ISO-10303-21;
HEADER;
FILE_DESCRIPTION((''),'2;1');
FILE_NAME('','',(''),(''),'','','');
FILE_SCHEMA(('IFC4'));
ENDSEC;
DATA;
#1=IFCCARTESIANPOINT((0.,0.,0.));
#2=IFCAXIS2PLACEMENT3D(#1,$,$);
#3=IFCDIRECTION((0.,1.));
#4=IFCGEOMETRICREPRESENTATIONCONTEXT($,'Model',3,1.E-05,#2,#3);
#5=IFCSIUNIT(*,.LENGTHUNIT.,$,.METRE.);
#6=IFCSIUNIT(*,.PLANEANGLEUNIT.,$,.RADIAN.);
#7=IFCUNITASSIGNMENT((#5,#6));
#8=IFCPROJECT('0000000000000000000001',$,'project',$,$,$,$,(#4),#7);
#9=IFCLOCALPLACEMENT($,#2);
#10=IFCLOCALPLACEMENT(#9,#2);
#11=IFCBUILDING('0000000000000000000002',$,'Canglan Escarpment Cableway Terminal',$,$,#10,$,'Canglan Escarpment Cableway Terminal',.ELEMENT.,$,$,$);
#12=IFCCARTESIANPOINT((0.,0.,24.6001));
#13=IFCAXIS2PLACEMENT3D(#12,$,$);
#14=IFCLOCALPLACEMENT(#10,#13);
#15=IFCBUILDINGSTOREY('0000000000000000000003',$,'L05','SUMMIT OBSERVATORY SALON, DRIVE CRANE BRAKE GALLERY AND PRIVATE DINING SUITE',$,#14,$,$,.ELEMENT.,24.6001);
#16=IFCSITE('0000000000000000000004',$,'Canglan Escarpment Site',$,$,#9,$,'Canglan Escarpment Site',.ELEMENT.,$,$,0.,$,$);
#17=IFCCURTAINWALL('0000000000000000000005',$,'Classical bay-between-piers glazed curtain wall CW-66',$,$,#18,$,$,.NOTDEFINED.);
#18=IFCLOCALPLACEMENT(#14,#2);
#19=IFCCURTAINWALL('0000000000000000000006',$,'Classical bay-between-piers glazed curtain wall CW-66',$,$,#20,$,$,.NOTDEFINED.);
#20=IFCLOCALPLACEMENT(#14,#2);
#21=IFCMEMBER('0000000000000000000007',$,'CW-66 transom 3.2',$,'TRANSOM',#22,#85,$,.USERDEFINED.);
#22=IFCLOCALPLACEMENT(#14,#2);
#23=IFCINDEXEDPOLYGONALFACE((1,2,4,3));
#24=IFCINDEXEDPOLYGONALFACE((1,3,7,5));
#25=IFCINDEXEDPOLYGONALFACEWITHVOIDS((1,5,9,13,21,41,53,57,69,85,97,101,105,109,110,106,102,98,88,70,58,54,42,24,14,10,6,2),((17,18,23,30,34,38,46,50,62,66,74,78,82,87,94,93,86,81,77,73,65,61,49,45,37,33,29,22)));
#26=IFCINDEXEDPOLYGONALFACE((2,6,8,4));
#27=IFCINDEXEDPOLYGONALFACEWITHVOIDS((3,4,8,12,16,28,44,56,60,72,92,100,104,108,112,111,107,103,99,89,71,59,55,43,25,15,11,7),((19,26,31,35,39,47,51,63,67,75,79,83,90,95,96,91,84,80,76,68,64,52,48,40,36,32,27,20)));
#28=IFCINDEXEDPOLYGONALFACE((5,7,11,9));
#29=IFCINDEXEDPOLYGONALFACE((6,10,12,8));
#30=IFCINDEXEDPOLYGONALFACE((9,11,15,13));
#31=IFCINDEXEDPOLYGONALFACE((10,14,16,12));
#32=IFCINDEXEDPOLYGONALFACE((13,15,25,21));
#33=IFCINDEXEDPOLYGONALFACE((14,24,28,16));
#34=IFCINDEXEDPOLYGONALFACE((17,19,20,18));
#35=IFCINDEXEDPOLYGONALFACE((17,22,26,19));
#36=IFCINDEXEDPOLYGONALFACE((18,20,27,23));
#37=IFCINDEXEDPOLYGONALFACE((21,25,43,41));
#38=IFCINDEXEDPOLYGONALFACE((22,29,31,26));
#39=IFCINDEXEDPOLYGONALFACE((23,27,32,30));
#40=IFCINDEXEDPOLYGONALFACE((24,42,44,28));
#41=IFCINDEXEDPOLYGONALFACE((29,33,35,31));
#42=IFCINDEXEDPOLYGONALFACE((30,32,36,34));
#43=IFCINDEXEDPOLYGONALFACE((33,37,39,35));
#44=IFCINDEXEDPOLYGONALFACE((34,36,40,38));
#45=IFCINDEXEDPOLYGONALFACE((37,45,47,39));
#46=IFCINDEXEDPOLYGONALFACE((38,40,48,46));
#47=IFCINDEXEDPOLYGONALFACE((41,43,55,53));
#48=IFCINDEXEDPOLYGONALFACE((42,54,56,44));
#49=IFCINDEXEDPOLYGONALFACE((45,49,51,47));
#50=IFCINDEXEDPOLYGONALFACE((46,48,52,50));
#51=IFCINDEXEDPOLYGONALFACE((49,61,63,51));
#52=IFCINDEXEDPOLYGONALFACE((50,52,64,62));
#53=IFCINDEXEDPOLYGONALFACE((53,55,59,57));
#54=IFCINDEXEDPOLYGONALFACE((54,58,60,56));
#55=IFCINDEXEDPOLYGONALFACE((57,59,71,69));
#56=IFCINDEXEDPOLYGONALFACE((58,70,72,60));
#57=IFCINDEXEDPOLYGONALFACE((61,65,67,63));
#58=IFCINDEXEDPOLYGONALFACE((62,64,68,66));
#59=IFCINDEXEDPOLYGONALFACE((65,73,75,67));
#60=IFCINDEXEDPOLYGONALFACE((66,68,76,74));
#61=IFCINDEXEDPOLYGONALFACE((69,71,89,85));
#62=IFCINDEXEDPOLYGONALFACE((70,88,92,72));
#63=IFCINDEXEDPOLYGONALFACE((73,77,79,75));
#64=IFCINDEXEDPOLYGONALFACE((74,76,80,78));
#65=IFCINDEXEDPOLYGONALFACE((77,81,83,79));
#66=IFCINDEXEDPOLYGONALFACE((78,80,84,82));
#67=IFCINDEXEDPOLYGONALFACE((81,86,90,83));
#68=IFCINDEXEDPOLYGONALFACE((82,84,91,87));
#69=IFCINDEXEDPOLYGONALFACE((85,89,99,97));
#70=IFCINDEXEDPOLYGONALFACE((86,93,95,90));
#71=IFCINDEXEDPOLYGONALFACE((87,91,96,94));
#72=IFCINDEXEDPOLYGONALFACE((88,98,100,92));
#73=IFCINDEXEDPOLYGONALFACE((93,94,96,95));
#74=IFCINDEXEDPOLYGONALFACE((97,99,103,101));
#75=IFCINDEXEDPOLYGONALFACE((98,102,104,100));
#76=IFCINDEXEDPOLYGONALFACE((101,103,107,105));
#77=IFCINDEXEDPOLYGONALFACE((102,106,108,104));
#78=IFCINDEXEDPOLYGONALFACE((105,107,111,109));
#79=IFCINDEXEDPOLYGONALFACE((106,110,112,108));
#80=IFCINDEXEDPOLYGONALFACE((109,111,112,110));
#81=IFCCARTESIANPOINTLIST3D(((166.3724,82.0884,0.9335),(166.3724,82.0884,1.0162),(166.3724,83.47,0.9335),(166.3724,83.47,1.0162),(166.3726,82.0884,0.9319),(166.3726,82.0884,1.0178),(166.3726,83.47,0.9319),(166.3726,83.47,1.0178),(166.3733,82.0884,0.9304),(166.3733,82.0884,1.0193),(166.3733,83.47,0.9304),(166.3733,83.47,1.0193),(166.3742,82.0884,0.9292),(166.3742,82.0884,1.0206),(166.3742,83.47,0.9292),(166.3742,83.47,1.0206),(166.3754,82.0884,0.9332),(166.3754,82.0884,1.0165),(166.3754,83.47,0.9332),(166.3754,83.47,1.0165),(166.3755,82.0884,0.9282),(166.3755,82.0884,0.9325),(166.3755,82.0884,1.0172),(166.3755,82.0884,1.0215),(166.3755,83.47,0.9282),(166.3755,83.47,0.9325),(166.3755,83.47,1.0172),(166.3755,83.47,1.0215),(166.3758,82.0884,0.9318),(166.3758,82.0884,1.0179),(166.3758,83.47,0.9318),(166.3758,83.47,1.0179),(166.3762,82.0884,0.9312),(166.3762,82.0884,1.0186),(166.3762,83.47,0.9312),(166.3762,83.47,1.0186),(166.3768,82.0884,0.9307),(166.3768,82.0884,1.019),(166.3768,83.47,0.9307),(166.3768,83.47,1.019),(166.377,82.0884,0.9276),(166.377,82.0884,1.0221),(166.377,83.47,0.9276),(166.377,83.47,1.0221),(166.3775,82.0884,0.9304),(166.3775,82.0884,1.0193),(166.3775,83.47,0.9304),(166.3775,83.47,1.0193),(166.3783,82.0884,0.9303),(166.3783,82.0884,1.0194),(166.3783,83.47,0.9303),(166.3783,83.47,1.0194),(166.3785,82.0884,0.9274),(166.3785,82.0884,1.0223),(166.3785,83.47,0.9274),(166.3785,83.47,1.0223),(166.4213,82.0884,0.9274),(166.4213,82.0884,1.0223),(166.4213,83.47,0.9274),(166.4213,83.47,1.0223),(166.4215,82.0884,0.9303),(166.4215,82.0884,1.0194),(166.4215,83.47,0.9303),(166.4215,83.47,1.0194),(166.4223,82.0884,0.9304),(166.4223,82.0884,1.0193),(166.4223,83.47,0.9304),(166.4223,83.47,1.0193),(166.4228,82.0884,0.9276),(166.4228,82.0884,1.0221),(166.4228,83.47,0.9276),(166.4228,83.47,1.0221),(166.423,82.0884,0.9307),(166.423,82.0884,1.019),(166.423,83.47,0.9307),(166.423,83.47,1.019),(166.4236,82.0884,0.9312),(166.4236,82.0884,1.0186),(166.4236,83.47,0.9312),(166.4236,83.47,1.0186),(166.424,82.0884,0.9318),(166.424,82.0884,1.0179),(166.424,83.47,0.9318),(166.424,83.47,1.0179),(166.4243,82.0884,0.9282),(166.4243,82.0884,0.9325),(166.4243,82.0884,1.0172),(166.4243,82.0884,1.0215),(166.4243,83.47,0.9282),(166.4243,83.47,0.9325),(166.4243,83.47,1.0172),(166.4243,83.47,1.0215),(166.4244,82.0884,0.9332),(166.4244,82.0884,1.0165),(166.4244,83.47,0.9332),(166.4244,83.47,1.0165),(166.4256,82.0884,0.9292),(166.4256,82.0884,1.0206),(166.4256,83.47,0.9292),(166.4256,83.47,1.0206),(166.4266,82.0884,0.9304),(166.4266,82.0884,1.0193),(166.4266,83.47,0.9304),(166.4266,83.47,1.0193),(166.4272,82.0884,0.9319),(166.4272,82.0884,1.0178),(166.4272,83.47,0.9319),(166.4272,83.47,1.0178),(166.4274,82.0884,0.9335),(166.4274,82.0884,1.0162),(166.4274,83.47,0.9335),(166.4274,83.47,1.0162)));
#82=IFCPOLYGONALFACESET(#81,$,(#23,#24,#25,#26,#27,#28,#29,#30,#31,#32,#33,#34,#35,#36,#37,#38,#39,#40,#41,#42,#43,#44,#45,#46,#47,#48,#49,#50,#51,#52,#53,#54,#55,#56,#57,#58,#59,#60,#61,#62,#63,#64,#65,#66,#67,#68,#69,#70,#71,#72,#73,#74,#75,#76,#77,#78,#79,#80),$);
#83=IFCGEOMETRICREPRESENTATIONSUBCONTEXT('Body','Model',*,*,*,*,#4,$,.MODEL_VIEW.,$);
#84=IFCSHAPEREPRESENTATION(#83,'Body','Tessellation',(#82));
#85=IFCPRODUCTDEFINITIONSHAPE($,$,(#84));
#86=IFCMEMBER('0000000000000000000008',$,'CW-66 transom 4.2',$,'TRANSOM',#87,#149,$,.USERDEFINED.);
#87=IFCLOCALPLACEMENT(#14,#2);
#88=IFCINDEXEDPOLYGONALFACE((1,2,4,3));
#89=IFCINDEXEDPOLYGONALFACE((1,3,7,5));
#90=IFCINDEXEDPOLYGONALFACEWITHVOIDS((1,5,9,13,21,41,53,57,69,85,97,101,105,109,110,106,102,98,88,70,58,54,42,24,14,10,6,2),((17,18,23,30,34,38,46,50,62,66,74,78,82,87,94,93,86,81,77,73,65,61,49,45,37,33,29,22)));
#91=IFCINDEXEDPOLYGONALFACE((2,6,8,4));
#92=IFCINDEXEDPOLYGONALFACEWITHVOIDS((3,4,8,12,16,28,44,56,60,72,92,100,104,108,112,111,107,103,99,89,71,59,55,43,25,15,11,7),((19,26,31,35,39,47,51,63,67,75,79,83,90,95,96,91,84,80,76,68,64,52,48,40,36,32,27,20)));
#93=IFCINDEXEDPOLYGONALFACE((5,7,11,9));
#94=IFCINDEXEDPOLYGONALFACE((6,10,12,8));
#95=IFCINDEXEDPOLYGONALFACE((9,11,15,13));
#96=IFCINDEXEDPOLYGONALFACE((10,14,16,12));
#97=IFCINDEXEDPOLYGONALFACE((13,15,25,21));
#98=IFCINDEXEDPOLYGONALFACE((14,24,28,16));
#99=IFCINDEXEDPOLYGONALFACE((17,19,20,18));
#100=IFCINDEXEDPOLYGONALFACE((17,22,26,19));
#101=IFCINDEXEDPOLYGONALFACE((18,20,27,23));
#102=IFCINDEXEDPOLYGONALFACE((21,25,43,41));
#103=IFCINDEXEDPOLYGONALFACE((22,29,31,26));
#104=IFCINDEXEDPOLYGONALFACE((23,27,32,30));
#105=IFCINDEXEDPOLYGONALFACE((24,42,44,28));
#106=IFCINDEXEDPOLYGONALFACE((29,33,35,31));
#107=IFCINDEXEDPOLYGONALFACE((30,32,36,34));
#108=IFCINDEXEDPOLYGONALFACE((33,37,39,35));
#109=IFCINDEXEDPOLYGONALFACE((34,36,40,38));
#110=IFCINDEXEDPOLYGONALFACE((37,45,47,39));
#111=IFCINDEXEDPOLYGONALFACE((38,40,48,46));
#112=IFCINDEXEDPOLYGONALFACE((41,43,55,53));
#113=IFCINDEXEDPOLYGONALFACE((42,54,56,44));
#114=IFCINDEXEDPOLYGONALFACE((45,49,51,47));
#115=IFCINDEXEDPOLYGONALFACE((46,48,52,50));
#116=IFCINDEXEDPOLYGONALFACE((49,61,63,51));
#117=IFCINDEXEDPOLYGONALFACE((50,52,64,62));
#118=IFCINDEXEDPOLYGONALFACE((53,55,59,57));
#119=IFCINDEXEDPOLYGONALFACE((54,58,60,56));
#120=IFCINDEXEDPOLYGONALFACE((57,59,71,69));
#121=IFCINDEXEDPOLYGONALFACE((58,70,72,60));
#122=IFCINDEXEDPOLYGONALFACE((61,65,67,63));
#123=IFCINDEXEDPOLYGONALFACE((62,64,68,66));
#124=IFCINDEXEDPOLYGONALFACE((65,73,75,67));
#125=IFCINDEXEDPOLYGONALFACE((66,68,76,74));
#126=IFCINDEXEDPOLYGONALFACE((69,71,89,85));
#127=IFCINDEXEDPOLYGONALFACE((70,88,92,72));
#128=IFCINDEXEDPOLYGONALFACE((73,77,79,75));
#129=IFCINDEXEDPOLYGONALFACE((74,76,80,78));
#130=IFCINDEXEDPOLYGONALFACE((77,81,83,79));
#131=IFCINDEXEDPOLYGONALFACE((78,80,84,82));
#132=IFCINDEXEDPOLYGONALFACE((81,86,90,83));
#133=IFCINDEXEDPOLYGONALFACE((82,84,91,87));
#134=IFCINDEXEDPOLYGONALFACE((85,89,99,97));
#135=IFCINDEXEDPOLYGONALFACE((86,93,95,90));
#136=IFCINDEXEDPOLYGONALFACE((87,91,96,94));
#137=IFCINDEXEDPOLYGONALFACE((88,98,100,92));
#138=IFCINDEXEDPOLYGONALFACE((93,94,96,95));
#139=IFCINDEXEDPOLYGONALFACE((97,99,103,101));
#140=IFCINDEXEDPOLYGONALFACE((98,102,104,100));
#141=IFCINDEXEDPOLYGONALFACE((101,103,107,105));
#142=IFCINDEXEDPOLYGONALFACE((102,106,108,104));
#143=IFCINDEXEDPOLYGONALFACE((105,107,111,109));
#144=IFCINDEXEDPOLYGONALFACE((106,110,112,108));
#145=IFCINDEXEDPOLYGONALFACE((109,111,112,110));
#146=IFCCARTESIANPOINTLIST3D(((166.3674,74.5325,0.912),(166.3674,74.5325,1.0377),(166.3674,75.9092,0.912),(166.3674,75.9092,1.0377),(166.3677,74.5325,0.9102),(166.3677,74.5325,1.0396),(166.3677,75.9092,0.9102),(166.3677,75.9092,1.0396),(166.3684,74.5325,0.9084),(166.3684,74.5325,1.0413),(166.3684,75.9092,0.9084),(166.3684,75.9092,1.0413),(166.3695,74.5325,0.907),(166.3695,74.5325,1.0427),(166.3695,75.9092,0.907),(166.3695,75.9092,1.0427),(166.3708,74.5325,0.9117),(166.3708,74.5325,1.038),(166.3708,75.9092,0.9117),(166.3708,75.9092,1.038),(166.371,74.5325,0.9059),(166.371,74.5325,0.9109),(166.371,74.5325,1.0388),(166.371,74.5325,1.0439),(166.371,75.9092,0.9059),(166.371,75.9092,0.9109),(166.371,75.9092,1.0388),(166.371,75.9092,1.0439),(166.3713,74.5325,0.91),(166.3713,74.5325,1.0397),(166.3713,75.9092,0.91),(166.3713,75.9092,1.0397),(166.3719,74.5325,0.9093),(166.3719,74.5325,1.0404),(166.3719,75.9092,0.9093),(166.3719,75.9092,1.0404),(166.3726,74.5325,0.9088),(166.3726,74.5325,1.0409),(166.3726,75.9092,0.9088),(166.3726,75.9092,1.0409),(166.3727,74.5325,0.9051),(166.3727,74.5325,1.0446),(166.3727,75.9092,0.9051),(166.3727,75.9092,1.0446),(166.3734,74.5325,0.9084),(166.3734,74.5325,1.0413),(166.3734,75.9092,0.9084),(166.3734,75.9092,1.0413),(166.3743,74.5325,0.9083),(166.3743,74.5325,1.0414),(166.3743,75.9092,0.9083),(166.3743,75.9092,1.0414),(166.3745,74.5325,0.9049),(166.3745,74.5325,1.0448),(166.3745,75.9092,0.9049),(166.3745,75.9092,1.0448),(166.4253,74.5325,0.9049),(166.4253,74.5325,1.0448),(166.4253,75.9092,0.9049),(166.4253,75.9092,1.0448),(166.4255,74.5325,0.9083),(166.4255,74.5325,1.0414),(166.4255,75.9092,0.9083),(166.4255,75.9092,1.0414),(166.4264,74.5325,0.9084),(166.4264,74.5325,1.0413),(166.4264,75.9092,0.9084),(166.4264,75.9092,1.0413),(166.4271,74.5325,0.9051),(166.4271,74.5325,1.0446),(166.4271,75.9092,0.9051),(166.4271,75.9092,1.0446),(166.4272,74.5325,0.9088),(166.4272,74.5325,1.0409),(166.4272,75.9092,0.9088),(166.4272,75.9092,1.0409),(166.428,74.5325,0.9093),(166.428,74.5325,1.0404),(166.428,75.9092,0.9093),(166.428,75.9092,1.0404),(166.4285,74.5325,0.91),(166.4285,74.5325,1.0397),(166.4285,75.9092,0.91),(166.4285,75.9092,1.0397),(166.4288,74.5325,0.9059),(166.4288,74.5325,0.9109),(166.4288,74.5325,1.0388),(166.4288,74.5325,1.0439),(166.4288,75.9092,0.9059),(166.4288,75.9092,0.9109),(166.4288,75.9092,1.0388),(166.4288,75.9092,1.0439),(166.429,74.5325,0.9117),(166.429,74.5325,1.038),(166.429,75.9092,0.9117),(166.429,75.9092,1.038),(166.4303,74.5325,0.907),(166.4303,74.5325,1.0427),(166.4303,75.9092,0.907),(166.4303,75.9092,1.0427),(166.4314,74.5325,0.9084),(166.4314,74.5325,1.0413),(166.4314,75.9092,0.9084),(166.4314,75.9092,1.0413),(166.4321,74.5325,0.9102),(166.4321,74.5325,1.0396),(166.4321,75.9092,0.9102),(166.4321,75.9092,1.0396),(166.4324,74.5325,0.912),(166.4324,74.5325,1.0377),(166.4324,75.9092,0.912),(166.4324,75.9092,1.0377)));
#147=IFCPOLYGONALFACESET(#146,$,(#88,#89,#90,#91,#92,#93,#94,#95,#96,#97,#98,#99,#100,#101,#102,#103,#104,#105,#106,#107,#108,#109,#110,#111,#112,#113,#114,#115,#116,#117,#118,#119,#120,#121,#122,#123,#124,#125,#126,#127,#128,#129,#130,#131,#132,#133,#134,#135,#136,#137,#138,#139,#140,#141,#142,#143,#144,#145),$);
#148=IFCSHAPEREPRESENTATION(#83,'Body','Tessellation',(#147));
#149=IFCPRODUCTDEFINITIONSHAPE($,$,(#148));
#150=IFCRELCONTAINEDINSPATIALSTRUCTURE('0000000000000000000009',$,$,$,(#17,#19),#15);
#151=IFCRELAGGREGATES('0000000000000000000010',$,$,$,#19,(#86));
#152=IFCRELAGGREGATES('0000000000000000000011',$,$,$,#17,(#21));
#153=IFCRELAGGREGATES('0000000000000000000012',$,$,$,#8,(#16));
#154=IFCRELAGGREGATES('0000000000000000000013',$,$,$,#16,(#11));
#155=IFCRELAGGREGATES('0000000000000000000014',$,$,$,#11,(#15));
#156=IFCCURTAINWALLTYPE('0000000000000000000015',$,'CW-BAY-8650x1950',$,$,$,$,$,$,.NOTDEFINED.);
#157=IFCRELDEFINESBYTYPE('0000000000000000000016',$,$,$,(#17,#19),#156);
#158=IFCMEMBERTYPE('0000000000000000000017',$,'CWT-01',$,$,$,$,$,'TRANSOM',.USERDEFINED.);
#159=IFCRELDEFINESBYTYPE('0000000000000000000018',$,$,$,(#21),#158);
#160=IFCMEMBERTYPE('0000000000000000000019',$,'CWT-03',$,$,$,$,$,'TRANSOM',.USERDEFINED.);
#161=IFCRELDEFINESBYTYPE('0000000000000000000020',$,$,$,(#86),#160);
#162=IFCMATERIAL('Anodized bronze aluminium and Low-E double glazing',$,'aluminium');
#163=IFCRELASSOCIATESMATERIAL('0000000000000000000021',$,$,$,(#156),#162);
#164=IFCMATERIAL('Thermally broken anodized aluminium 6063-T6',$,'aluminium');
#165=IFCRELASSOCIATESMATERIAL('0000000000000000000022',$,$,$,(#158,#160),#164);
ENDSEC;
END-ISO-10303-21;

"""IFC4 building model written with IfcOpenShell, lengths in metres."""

from ifc_helpers import new_model, si_unit, direction, frame, origin, origin_2d, place, context, subcontext, project, spatial, hollow_rectangle, extrude, material, material_profile, profile_set, type_object, element, aggregate, save


model = new_model("IFC4")

# Units and contexts
model_context = context("Model", 3, precision=1e-05, world=origin(), true_north=direction((0.0, 1.0)))
body_context = subcontext(model_context, "Body", "Model", "MODEL_VIEW")
ifc_project = project(units=[si_unit("LENGTHUNIT", "METRE"), si_unit("PLANEANGLEUNIT", "RADIAN")], contexts=[model_context])

# Site, building, storey
site_placement = place(None, origin())
site = spatial("IfcSite", under=ifc_project, at=site_placement, Name="Canglan Escarpment Site", LongName="Canglan Escarpment Site", CompositionType="ELEMENT", RefElevation=0.0)
building_placement = place(site_placement, origin())
building = spatial("IfcBuilding", under=site, at=building_placement, Name="Canglan Escarpment Cableway Terminal", LongName="Canglan Escarpment Cableway Terminal", CompositionType="ELEMENT")
storey_placement = place(building_placement, frame((0.0, 0.0, 24.6001)))
storey = spatial("IfcBuildingStorey", under=building, at=storey_placement, Name="L05", Description="SUMMIT OBSERVATORY SALON, DRIVE CRANE BRAKE GALLERY AND PRIVATE DINING SUITE", CompositionType="ELEMENT", Elevation=24.6001)

# Curtain walls
ifc_material_1 = material(Name="Anodized bronze aluminium and Low-E double glazing", Category="aluminium")
curtain_wall_type = type_object("IfcCurtainWallType", Name="CW-BAY-8650x1950", PredefinedType="NOTDEFINED", material=ifc_material_1)
curtain_wall_1_placement = place(storey_placement, origin())
curtain_wall_1 = element("IfcCurtainWall", 1, at=curtain_wall_1_placement, inside=storey, type_object=curtain_wall_type, Name="Classical bay-between-piers glazed curtain wall CW-66", PredefinedType="NOTDEFINED")
ifc_material_2 = material(Name="Thermally broken anodized aluminium 6063-T6", Category="aluminium")
curtain_wall_2_placement = place(storey_placement, origin())
curtain_wall_2 = element("IfcCurtainWall", 2, at=curtain_wall_2_placement, inside=storey, type_object=curtain_wall_type, Name="Classical bay-between-piers glazed curtain wall CW-66", PredefinedType="NOTDEFINED")

# Members
ifc_material_profile_1 = material_profile(ifc_material_2, hollow_rectangle(XDim=0.0549, YDim=0.095, WallThickness=0.0029, InnerFilletRadius=0.0029, OuterFilletRadius=0.0061, at=origin_2d()), Name="ALU-TRAN 55x95x3")
ifc_profile_set_1 = profile_set([ifc_material_profile_1], Name="Thermally broken anodized aluminium 6063-T6")
member_type_1 = type_object("IfcMemberType", Name="CWT-01", ElementType="TRANSOM", PredefinedType="USERDEFINED", material=ifc_profile_set_1)
member_1_placement = place(storey_placement, frame((166.3999, 82.0884, 0.9749), z_axis=(0.0, 1.0, 0.0), x_axis=(-1.0, 0.0, 0.0)))
member_1 = element("IfcMember", 3, at=member_1_placement, type_object=member_type_1, Name="CW-66 transom 3.2", ObjectType="TRANSOM", PredefinedType="USERDEFINED", context=body_context, shape_type="SweptSolid", body=[
    extrude(hollow_rectangle(XDim=0.0549, YDim=0.095, WallThickness=0.0029, InnerFilletRadius=0.0029, OuterFilletRadius=0.0061, at=origin_2d()), origin(), (0.0, 0.0, 1.0), 1.3816),
])
ifc_material_profile_2 = material_profile(ifc_material_2, hollow_rectangle(XDim=0.0649, YDim=0.1399, WallThickness=0.0034, InnerFilletRadius=0.0034, OuterFilletRadius=0.0071, at=origin_2d()), Name="ALU-TRAN 65x140x3.5")
ifc_profile_set_2 = profile_set([ifc_material_profile_2], Name="Thermally broken anodized aluminium 6063-T6")
member_type_2 = type_object("IfcMemberType", Name="CWT-03", ElementType="TRANSOM", PredefinedType="USERDEFINED", material=ifc_profile_set_2)
member_2_placement = place(storey_placement, frame((166.3999, 74.5325, 0.9749), z_axis=(0.0, 1.0, 0.0), x_axis=(-1.0, 0.0, 0.0)))
member_2 = element("IfcMember", 4, at=member_2_placement, type_object=member_type_2, Name="CW-66 transom 4.2", ObjectType="TRANSOM", PredefinedType="USERDEFINED", context=body_context, shape_type="SweptSolid", body=[
    extrude(hollow_rectangle(XDim=0.0649, YDim=0.1399, WallThickness=0.0034, InnerFilletRadius=0.0034, OuterFilletRadius=0.0071, at=origin_2d()), origin(), (0.0, 0.0, 1.0), 1.3767),
])

aggregate(curtain_wall_2, [member_2])
aggregate(curtain_wall_1, [member_1])

save(model, "model.ifc")
